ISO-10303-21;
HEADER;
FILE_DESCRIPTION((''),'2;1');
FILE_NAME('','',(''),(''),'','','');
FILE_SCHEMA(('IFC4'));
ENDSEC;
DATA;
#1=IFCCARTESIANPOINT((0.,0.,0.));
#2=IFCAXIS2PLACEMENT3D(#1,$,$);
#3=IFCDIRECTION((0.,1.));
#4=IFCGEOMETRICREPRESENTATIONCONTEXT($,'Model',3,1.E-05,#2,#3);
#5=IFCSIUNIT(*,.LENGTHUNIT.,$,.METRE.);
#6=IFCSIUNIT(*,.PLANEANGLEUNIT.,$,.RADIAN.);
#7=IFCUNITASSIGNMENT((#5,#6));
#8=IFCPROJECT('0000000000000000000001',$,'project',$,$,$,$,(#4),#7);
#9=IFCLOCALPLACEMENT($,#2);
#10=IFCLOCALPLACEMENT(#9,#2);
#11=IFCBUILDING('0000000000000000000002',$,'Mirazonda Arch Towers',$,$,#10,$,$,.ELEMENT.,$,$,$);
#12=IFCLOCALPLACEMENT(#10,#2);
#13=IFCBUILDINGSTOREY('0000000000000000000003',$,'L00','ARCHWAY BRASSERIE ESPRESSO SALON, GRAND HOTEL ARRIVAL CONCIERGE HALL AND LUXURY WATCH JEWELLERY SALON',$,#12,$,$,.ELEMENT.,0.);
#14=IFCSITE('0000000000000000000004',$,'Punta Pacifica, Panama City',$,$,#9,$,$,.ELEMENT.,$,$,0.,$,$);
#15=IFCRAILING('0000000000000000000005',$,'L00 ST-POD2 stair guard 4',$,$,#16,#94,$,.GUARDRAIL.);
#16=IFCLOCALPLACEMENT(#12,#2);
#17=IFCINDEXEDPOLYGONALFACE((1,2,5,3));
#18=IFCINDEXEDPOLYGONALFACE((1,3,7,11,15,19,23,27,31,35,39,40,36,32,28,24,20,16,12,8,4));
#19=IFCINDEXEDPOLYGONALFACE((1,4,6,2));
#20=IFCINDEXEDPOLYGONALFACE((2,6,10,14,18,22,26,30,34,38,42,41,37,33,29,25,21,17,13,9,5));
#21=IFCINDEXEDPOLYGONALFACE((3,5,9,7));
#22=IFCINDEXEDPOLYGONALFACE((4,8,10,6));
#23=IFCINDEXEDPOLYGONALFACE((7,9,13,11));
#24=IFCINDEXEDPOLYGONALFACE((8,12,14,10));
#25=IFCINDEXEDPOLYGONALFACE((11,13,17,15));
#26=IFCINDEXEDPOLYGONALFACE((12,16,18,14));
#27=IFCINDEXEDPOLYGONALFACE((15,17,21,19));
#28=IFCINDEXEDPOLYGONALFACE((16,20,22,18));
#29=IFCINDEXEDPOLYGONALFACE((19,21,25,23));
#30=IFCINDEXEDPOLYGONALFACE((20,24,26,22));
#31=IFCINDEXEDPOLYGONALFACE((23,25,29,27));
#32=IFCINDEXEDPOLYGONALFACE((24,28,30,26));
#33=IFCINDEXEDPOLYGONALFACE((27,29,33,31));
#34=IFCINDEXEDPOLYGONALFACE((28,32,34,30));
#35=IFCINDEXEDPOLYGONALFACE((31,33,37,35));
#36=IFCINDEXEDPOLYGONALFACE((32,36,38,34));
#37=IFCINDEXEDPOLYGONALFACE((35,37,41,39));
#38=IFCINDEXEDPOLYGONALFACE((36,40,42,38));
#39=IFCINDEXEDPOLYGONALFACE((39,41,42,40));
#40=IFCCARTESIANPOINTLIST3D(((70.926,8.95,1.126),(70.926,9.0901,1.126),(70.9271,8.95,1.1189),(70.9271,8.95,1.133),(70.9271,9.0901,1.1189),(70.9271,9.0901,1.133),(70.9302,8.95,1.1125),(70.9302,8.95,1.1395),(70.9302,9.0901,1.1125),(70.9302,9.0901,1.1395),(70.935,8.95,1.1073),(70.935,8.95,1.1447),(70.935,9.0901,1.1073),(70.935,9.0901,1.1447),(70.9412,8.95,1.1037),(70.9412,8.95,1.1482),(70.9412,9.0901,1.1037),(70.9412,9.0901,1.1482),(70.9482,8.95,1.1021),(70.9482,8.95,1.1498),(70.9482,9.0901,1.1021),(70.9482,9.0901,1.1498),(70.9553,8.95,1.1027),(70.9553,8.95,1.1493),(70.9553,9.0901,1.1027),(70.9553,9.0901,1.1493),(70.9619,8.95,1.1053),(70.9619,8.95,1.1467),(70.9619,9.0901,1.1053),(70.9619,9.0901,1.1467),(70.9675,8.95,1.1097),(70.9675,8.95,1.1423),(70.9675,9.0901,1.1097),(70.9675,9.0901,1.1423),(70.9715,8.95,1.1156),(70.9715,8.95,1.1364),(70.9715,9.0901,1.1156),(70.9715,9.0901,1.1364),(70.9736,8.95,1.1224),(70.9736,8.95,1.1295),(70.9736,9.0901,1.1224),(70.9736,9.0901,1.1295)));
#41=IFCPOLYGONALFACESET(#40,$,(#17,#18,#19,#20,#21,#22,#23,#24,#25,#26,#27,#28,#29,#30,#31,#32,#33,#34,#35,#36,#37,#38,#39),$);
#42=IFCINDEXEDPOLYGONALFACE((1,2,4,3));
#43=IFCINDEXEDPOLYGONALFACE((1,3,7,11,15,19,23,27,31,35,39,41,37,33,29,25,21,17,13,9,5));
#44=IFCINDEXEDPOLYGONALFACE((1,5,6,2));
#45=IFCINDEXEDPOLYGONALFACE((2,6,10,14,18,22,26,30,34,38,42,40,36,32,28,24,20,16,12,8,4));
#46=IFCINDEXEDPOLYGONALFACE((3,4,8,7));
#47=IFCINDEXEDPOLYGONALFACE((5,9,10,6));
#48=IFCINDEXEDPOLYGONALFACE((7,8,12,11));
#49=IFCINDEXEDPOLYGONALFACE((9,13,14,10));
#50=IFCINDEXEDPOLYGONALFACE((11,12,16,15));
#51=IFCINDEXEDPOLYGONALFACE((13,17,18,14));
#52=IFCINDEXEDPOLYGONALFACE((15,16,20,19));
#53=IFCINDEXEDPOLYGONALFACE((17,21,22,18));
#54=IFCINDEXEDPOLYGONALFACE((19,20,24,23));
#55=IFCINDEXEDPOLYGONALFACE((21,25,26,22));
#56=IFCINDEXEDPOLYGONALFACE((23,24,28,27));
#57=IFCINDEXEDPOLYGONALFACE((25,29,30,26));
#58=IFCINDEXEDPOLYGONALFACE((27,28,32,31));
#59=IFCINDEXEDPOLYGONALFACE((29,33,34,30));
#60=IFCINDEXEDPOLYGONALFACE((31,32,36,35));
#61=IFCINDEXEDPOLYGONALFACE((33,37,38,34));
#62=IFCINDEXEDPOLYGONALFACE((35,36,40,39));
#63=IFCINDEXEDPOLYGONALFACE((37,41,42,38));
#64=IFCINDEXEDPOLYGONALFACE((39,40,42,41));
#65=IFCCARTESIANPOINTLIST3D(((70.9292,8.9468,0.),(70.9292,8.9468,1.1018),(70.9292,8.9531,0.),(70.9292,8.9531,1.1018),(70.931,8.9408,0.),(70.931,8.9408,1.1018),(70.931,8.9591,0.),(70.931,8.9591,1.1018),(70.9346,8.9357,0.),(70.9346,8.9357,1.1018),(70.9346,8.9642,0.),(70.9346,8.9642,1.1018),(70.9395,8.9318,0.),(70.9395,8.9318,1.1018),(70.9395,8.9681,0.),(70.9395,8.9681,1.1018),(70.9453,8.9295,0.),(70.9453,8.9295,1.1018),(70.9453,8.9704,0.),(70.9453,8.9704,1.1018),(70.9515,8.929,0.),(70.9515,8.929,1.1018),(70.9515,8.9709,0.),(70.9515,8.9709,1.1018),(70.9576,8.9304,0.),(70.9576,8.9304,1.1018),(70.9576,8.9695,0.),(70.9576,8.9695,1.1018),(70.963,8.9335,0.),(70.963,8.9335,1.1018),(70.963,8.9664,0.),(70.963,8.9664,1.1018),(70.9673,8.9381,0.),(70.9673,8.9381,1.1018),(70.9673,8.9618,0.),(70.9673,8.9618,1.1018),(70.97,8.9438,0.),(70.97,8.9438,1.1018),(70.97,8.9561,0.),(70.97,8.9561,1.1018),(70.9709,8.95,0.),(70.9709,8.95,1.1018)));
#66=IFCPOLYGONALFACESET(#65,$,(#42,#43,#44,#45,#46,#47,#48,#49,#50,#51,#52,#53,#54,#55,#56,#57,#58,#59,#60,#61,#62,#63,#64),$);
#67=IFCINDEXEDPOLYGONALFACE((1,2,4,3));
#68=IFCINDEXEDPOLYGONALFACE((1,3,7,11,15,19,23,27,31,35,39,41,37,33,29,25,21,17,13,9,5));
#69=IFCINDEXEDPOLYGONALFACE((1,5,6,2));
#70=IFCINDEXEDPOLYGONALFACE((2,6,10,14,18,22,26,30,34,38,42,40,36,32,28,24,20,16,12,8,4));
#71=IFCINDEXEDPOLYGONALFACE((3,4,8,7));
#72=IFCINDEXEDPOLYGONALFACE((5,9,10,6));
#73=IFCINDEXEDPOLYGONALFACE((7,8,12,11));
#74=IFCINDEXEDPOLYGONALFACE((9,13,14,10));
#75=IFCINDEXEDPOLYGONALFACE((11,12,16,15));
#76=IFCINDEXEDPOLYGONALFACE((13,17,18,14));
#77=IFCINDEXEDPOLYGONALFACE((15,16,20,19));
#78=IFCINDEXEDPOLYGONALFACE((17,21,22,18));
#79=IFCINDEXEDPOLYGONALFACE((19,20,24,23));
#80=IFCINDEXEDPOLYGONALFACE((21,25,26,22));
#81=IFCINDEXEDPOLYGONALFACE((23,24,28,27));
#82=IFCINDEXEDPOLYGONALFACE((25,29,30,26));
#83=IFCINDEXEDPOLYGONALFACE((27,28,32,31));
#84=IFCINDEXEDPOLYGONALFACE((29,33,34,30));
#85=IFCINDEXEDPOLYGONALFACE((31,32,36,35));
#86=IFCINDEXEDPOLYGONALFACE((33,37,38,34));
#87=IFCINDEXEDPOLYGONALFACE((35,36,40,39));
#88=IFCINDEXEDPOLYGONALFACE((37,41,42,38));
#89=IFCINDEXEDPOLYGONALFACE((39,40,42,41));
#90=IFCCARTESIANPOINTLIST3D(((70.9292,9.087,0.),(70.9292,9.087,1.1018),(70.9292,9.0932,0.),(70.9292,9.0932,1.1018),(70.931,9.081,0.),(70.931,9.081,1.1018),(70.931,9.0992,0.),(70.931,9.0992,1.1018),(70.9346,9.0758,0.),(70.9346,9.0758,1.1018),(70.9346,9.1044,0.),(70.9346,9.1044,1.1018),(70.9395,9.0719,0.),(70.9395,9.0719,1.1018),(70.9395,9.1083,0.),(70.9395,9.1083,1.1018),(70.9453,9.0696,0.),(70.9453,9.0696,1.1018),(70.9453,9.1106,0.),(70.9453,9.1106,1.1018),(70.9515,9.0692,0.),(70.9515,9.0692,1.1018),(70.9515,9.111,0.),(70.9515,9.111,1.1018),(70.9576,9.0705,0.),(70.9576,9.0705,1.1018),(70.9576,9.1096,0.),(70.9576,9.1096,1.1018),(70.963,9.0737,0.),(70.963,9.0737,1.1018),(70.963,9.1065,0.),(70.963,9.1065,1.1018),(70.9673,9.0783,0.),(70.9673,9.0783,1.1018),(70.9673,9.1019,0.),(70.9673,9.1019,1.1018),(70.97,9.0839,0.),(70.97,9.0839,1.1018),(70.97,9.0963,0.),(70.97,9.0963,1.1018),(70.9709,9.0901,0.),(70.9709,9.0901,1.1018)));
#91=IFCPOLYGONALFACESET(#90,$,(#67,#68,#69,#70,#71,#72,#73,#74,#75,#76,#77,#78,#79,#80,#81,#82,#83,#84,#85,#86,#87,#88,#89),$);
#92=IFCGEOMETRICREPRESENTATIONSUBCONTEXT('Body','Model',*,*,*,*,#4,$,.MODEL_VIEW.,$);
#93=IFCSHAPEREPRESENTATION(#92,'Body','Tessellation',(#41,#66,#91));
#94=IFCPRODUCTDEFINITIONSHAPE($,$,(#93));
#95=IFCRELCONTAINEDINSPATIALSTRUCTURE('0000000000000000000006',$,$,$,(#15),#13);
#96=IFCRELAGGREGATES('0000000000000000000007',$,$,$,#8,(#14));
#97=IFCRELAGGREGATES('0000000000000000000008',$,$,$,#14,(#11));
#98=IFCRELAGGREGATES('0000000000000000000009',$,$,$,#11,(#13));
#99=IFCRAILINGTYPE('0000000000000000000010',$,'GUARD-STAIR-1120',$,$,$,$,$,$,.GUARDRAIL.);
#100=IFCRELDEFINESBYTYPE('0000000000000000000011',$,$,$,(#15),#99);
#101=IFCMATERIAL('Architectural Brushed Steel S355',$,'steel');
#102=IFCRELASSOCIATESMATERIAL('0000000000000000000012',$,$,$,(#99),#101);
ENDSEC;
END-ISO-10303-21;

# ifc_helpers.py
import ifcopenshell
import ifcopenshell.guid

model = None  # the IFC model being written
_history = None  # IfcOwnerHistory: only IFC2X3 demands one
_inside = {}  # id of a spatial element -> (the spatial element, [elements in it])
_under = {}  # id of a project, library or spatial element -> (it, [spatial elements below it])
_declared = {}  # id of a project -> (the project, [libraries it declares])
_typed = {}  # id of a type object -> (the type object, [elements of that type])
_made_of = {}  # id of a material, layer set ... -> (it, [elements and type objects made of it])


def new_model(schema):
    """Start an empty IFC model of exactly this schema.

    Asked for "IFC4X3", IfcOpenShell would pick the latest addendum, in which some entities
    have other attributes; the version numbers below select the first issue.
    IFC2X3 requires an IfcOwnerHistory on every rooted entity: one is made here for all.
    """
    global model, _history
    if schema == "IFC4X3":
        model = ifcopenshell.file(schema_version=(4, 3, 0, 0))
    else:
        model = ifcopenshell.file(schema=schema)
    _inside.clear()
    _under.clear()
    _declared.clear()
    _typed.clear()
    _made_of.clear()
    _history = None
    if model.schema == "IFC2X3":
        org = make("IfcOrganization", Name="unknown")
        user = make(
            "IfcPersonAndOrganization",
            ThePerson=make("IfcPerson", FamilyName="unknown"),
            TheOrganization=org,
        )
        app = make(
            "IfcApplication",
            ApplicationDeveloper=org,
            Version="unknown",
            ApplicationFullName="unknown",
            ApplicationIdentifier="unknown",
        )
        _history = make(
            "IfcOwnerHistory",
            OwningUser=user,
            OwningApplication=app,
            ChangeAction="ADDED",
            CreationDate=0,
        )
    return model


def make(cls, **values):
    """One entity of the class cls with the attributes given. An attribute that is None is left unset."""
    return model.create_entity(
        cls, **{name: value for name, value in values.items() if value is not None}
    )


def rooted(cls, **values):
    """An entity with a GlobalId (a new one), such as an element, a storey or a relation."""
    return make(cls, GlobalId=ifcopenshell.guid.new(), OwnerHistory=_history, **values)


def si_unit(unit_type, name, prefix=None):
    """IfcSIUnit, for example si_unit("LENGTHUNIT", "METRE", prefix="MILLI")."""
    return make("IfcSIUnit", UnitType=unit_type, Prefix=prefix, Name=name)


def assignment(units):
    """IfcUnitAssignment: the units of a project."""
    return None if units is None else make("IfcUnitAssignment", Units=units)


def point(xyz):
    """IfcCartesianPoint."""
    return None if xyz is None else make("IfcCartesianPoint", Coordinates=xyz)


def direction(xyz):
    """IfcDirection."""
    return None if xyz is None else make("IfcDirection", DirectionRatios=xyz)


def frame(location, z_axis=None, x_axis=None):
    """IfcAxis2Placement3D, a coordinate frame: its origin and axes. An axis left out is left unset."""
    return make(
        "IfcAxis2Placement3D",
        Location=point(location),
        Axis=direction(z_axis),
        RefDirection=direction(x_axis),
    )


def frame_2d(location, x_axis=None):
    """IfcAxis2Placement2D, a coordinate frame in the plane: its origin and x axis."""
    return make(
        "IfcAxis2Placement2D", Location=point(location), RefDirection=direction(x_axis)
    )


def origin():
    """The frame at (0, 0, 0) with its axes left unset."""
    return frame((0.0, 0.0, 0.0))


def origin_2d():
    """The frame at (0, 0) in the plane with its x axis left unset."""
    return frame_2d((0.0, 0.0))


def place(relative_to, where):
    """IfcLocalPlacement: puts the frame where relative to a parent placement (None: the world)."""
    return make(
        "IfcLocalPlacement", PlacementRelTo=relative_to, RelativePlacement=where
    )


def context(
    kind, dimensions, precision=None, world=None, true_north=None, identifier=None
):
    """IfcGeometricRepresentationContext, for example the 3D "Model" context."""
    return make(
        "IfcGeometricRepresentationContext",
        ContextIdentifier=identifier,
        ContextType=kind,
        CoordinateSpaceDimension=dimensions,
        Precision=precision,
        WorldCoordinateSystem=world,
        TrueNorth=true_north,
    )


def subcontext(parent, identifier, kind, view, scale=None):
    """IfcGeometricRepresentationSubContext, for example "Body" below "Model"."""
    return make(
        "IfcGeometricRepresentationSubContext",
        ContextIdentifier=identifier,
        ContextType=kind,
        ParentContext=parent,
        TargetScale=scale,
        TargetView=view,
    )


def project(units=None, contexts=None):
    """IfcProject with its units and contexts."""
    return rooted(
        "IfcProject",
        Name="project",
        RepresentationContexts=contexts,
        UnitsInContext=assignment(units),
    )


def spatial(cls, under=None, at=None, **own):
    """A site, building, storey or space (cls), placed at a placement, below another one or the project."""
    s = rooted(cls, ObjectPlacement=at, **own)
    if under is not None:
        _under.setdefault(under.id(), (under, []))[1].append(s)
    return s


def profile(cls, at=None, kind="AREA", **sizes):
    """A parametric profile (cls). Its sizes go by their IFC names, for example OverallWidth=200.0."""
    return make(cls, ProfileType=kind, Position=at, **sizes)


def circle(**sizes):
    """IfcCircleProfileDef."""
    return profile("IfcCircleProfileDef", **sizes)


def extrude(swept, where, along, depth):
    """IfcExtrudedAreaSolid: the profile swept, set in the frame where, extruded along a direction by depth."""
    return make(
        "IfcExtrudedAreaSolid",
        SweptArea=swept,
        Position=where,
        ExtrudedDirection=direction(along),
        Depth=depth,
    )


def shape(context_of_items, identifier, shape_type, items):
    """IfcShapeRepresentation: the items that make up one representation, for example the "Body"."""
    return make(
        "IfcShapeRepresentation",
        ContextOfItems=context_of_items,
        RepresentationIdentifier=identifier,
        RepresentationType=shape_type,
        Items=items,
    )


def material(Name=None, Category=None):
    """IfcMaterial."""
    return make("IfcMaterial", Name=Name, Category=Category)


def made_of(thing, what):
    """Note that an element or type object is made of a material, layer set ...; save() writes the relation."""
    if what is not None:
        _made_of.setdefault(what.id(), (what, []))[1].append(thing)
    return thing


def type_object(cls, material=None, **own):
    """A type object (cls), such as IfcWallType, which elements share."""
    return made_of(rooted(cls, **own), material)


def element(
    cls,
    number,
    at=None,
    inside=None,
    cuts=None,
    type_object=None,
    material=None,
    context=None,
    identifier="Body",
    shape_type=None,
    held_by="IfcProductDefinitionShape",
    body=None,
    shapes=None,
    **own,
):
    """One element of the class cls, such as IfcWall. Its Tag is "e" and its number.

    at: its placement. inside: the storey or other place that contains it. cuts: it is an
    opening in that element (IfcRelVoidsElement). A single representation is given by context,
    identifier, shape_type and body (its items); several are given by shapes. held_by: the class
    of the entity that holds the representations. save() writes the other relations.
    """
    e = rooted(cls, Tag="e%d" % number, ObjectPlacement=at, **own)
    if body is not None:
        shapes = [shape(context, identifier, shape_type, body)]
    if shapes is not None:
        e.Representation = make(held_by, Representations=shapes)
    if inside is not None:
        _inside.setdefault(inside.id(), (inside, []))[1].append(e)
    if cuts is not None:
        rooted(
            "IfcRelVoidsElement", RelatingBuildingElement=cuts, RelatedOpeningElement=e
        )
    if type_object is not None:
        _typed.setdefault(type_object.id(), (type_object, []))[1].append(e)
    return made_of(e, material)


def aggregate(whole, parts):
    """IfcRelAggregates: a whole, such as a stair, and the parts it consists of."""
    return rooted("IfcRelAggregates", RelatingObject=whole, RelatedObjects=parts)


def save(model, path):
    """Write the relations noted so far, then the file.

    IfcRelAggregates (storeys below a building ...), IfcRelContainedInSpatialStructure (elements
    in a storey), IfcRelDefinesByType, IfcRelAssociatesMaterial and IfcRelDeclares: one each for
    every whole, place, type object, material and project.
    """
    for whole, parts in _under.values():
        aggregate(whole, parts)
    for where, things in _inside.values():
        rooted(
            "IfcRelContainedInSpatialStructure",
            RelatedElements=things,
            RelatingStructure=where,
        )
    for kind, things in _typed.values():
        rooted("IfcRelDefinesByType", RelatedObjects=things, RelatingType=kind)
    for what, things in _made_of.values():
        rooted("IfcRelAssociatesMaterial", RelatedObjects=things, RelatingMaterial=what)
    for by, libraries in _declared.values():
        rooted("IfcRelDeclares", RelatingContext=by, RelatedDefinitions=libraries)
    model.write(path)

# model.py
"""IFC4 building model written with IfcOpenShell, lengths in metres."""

from ifc_helpers import new_model, si_unit, direction, frame, origin, origin_2d, place, context, subcontext, project, spatial, circle, extrude, material, type_object, element, save


model = new_model("IFC4")

# Units and contexts
model_context = context("Model", 3, precision=1e-05, world=origin(), true_north=direction((0.0, 1.0)))
body_context = subcontext(model_context, "Body", "Model", "MODEL_VIEW")
ifc_project = project(units=[si_unit("LENGTHUNIT", "METRE"), si_unit("PLANEANGLEUNIT", "RADIAN")], contexts=[model_context])

# Site, building, storey
site_placement = place(None, origin())
site = spatial("IfcSite", under=ifc_project, at=site_placement, Name="Punta Pacifica, Panama City", CompositionType="ELEMENT", RefElevation=0.0)
building_placement = place(site_placement, origin())
building = spatial("IfcBuilding", under=site, at=building_placement, Name="Mirazonda Arch Towers", CompositionType="ELEMENT")
storey_placement = place(building_placement, origin())
storey = spatial("IfcBuildingStorey", under=building, at=storey_placement, Name="L00", Description="ARCHWAY BRASSERIE ESPRESSO SALON, GRAND HOTEL ARRIVAL CONCIERGE HALL AND LUXURY WATCH JEWELLERY SALON", CompositionType="ELEMENT", Elevation=0.0)

# Shared definitions
ifc_material_1 = material(Name="Architectural Brushed Steel S355", Category="steel")

# Railing
railing_type_1 = type_object("IfcRailingType", Name="GUARD-STAIR-1120", PredefinedType="GUARDRAIL", material=ifc_material_1)
railing_1_placement = place(storey_placement, frame((70.95, 8.95, 0.0)))
element("IfcRailing", 1, at=railing_1_placement, inside=storey, type_object=railing_type_1, Name="L00 ST-POD2 stair guard 4", PredefinedType="GUARDRAIL", context=body_context, shape_type="SweptSolid", body=[
    extrude(circle(Radius=0.0239, at=origin_2d()), frame((0.0, 0.0, 1.126), z_axis=(0.0, 1.0, 0.0), x_axis=(-1.0, 0.0, 0.0)), (0.0, 0.0, 1.0), 0.1401),
    extrude(circle(Radius=0.021, at=origin_2d()), origin(), (0.0, 0.0, 1.0), 1.1018),
    extrude(circle(Radius=0.021, at=origin_2d()), frame((0.0, 0.1401, 0.0)), (0.0, 0.0, 1.0), 1.1018),
])

save(model, "model.ifc")
